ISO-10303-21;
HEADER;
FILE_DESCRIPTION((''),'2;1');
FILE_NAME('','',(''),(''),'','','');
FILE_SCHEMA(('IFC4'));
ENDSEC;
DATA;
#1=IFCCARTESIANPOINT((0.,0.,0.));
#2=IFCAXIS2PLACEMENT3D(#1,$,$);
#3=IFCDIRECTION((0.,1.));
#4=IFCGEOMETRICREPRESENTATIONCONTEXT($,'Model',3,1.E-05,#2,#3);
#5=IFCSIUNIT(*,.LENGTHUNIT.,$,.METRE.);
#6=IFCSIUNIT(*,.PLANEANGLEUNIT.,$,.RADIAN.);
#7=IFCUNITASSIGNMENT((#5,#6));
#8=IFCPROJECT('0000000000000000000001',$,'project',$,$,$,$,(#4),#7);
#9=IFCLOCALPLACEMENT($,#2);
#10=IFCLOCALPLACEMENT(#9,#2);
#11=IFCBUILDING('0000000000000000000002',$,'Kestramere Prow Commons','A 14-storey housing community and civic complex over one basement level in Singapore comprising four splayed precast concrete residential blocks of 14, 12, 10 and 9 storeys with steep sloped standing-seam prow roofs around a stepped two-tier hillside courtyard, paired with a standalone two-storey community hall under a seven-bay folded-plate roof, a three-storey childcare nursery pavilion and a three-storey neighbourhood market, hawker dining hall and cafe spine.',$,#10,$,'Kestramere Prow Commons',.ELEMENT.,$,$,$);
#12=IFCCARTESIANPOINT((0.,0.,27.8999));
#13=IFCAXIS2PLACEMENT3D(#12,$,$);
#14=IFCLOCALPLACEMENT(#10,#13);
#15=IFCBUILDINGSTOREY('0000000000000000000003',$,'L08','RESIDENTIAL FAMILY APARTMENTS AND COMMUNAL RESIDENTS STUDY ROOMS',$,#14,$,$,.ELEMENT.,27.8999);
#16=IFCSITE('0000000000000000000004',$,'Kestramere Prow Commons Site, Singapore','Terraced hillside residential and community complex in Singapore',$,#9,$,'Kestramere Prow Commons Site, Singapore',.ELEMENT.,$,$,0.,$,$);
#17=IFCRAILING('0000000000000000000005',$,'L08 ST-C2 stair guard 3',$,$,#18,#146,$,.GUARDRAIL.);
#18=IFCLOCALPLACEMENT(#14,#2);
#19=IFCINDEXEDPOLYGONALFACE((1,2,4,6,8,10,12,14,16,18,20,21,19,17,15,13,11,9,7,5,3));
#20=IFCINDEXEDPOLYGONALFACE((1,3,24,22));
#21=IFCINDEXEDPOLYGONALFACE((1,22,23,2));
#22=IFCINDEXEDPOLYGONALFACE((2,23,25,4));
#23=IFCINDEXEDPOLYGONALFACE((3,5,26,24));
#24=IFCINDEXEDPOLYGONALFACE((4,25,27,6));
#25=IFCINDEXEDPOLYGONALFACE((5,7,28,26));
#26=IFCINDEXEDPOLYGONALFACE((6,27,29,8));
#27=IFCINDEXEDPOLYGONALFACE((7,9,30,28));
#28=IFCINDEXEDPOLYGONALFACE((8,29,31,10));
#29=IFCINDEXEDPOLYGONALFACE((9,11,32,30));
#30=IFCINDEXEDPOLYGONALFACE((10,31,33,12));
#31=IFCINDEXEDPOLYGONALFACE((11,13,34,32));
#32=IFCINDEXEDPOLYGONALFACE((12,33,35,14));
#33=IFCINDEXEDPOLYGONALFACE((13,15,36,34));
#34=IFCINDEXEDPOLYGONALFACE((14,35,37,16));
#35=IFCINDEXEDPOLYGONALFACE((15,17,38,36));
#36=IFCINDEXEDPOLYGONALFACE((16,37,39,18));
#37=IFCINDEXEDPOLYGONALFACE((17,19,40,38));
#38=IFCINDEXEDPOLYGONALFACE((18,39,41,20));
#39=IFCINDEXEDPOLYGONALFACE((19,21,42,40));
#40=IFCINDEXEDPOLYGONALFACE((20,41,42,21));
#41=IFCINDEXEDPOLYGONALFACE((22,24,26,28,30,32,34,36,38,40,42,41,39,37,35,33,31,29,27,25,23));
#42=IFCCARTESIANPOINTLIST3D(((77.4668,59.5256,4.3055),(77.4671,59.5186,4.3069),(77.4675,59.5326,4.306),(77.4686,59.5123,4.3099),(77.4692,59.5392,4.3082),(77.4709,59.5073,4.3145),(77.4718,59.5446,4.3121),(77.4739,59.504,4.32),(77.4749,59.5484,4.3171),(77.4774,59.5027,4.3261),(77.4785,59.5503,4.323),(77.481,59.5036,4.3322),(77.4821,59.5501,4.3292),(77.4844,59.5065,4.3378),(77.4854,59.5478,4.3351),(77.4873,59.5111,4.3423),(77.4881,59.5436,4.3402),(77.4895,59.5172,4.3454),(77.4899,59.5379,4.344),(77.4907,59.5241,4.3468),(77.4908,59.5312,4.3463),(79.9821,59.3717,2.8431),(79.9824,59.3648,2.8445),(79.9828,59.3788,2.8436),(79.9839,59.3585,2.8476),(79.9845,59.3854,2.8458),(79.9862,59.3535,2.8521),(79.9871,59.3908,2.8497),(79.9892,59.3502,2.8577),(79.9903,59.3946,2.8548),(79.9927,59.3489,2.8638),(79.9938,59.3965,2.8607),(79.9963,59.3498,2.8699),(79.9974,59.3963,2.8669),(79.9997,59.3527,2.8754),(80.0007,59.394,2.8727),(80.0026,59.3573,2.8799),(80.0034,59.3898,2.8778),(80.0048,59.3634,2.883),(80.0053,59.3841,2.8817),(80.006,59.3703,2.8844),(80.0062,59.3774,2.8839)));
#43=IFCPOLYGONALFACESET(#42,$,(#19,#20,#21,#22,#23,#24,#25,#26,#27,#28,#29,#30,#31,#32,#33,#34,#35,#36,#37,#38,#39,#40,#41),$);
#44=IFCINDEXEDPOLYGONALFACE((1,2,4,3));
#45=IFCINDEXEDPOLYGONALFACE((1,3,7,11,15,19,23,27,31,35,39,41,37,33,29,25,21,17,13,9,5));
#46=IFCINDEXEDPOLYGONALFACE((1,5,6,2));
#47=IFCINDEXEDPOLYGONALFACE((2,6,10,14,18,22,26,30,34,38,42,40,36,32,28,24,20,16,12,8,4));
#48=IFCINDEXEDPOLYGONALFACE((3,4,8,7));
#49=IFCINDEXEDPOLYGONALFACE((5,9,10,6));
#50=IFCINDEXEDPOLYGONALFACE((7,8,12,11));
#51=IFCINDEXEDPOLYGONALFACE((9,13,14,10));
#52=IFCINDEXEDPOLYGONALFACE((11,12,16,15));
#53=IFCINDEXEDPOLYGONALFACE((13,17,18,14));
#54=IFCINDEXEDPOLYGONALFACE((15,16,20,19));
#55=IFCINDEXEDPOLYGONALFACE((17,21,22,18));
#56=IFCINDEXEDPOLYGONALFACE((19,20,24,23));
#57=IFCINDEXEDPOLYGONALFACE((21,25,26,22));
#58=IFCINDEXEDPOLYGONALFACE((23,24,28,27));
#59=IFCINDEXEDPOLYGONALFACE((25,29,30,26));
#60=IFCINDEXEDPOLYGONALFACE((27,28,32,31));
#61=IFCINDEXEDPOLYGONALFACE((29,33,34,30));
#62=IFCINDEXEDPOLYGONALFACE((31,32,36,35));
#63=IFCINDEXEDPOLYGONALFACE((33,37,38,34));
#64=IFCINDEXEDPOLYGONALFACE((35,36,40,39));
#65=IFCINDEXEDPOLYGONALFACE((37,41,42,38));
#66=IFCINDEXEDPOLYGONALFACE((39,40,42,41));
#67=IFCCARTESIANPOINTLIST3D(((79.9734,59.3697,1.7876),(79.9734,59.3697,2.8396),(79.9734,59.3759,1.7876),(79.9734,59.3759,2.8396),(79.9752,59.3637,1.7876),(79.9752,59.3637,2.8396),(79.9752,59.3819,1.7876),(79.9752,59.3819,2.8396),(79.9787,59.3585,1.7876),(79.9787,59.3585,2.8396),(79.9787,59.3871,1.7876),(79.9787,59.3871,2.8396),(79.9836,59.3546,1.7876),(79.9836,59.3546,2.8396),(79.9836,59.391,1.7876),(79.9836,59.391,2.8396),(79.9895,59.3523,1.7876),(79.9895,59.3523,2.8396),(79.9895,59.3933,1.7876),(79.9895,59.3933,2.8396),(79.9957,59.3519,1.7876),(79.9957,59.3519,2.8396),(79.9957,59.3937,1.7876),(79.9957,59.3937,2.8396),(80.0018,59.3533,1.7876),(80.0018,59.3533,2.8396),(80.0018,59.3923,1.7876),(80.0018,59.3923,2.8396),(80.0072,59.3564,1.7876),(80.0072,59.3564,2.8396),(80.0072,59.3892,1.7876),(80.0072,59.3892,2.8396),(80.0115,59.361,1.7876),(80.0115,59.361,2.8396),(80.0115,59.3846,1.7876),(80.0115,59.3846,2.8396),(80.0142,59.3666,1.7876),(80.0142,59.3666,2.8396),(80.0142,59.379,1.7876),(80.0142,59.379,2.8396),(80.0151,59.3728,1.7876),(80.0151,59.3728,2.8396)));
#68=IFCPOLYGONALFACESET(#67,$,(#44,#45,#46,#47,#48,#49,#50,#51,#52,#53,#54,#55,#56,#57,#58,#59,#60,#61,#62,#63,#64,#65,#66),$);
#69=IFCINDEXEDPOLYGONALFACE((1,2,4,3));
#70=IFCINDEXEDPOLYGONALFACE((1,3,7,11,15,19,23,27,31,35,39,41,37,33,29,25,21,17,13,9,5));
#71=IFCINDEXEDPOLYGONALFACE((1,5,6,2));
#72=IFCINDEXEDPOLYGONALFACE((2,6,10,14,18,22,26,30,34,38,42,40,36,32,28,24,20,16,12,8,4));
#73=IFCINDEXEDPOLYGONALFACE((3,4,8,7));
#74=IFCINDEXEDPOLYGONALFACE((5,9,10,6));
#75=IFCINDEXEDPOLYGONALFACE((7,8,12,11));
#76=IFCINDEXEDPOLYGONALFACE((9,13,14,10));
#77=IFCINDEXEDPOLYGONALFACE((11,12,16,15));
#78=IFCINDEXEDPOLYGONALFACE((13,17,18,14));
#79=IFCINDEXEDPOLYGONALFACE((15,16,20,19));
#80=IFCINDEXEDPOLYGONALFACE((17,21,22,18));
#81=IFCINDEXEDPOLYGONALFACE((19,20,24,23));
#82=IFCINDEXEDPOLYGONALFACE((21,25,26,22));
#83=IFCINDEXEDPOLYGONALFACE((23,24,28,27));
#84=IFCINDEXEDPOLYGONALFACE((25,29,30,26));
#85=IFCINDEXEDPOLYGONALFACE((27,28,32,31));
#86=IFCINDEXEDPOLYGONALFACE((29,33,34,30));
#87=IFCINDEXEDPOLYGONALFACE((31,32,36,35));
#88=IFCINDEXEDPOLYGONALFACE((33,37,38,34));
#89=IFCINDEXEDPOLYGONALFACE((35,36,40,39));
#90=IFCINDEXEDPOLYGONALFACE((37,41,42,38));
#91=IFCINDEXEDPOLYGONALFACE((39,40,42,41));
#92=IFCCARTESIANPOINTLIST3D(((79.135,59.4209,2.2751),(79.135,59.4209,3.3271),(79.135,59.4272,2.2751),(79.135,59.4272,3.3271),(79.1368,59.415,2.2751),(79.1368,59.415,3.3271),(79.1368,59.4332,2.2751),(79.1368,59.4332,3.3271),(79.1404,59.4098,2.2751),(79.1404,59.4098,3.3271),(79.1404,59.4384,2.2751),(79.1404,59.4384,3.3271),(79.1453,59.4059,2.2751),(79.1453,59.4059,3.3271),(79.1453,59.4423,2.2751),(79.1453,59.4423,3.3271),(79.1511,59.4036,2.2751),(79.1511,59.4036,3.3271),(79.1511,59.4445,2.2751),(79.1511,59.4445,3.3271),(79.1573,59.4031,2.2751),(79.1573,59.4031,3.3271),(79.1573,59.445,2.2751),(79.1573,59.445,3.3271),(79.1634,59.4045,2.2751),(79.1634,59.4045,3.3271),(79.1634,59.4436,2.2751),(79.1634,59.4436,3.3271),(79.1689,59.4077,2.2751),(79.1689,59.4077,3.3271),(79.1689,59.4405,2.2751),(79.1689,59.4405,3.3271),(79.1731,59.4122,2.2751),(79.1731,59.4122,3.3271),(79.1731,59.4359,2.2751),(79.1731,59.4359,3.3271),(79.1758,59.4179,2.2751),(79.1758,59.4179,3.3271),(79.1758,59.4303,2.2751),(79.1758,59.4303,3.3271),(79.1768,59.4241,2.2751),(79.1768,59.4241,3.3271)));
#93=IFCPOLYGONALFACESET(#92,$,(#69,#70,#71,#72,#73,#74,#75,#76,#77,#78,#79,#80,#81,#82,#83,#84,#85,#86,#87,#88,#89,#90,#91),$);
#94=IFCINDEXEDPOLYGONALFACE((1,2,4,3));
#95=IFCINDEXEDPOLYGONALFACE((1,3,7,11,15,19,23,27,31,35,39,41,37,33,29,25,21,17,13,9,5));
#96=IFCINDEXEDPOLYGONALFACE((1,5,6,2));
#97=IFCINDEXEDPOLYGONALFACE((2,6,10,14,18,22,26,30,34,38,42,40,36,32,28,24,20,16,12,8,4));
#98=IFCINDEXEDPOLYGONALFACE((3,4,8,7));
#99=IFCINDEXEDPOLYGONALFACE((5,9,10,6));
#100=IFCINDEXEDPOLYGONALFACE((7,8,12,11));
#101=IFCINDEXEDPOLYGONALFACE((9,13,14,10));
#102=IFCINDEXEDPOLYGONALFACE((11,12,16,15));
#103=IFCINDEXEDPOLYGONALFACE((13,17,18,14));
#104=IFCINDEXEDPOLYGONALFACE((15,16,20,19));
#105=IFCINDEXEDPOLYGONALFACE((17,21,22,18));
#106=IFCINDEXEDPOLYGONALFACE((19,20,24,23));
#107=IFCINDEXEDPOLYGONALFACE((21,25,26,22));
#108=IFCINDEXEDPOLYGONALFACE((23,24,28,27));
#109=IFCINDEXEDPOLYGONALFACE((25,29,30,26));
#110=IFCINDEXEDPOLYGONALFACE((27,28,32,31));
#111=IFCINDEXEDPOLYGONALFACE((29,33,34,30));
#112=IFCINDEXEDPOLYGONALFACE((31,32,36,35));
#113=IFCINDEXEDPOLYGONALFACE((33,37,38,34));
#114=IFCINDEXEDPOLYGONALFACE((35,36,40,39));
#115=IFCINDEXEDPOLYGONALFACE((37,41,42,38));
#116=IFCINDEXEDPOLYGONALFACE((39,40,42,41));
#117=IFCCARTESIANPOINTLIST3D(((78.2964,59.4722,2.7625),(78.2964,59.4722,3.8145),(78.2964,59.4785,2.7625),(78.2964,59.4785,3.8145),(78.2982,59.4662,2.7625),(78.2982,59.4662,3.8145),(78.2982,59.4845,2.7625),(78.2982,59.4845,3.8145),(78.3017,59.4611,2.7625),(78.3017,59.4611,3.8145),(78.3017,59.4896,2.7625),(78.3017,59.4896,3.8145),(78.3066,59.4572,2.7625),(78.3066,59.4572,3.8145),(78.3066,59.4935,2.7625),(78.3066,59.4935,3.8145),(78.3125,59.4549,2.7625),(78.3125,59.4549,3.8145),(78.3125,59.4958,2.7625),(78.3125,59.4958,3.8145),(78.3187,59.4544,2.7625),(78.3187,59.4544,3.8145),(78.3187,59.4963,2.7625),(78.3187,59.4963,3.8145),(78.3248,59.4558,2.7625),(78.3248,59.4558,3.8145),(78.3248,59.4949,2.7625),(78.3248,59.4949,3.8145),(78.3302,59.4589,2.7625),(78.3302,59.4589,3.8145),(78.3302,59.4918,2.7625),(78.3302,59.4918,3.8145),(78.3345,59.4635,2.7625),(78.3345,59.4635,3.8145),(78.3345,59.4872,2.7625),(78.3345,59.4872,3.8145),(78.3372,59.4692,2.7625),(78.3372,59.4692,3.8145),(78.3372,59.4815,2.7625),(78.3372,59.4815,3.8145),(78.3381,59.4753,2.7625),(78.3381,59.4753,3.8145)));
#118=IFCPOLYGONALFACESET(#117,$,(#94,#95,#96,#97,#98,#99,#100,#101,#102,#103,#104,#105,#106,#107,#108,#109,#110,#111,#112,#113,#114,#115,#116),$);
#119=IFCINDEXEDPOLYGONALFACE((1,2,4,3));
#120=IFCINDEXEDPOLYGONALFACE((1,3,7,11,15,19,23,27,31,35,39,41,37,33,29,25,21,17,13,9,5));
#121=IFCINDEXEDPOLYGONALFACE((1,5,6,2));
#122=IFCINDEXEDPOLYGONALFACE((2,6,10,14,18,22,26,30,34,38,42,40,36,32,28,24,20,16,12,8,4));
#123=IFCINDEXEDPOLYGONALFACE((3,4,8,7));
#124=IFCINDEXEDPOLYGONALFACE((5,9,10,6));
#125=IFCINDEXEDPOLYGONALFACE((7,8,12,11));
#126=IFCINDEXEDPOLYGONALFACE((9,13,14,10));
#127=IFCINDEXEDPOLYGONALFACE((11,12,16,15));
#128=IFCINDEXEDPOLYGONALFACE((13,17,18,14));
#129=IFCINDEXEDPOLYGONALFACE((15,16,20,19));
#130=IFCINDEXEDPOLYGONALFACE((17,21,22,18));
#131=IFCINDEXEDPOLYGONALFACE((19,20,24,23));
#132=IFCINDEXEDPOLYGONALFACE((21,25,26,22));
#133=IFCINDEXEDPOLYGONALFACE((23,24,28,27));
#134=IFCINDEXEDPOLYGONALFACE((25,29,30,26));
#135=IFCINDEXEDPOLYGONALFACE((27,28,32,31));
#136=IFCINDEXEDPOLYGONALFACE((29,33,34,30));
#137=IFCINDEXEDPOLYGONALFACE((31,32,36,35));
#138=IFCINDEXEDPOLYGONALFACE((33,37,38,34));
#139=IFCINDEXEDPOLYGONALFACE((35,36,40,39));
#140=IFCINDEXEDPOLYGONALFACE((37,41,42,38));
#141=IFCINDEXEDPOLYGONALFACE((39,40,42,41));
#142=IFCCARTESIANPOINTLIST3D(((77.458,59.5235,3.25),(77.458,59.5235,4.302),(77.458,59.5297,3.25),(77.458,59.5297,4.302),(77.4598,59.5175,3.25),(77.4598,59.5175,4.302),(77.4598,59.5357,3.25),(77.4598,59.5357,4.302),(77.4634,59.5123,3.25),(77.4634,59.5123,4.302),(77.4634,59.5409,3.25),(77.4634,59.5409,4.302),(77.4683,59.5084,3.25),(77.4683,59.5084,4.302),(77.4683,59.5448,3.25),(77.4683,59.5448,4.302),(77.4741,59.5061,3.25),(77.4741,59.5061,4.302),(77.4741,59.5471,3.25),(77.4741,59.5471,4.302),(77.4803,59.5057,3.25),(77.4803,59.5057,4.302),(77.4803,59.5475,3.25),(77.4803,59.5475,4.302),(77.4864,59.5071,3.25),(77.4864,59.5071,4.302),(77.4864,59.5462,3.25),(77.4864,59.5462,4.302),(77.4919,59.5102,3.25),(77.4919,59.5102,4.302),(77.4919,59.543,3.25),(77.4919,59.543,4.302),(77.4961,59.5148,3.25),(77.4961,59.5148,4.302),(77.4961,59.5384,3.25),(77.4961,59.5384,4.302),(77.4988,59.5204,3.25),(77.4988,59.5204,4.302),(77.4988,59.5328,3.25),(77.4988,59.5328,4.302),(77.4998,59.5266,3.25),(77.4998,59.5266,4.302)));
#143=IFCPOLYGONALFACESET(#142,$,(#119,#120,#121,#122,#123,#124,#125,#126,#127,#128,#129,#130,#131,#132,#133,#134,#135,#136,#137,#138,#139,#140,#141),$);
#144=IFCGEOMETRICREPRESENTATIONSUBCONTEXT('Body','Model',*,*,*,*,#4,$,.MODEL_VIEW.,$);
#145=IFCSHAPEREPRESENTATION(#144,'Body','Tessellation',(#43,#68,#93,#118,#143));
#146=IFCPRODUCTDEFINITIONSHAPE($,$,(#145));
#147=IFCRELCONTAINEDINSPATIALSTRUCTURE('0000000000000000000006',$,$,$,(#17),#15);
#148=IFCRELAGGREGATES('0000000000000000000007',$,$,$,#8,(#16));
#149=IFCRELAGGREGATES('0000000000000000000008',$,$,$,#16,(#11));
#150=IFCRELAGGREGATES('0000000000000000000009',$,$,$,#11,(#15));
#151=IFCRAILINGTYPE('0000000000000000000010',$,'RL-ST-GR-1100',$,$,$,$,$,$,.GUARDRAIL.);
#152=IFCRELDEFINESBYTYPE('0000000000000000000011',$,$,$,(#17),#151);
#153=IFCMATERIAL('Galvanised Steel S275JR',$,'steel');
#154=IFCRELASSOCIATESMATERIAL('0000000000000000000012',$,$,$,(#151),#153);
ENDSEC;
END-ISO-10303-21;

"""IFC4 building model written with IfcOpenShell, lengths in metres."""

from ifc_helpers import new_model, si_unit, direction, frame, origin, origin_2d, place, context, subcontext, project, spatial, circle, extrude, material, type_object, element, save


model = new_model("IFC4")

# Units and contexts
model_context = context("Model", 3, precision=1e-05, world=origin(), true_north=direction((0.0, 1.0)))
body_context = subcontext(model_context, "Body", "Model", "MODEL_VIEW")
ifc_project = project(units=[si_unit("LENGTHUNIT", "METRE"), si_unit("PLANEANGLEUNIT", "RADIAN")], contexts=[model_context])

# Site, building, storey
site_placement = place(None, origin())
site = spatial("IfcSite", under=ifc_project, at=site_placement, Name="Kestramere Prow Commons Site, Singapore", Description="Terraced hillside residential and community complex in Singapore", LongName="Kestramere Prow Commons Site, Singapore", CompositionType="ELEMENT", RefElevation=0.0)
building_placement = place(site_placement, origin())
building = spatial("IfcBuilding", under=site, at=building_placement, Name="Kestramere Prow Commons", Description="A 14-storey housing community and civic complex over one basement level in Singapore comprising four splayed precast concrete residential blocks of 14, 12, 10 and 9 storeys with steep sloped standing-seam prow roofs around a stepped two-tier hillside courtyard, paired with a standalone two-storey community hall under a seven-bay folded-plate roof, a three-storey childcare nursery pavilion and a three-storey neighbourhood market, hawker dining hall and cafe spine.", LongName="Kestramere Prow Commons", CompositionType="ELEMENT")
storey_placement = place(building_placement, frame((0.0, 0.0, 27.8999)))
storey = spatial("IfcBuildingStorey", under=building, at=storey_placement, Name="L08", Description="RESIDENTIAL FAMILY APARTMENTS AND COMMUNAL RESIDENTS STUDY ROOMS", CompositionType="ELEMENT", Elevation=27.8999)

# Railing
ifc_material_1 = material(Name="Galvanised Steel S275JR", Category="steel")
railing_type_1 = type_object("IfcRailingType", Name="RL-ST-GR-1100", PredefinedType="GUARDRAIL", material=ifc_material_1)
railing_1_placement = place(storey_placement, frame((79.9941, 59.3728, 1.7876)))
element("IfcRailing", 1, at=railing_1_placement, inside=storey, type_object=railing_type_1, Name="L08 ST-C2 stair guard 3", PredefinedType="GUARDRAIL", context=body_context, shape_type="SweptSolid", body=[
    extrude(circle(Radius=0.0239, at=origin_2d()), frame((0.0, 0.0, 1.0762), z_axis=(-0.863306, 0.052789, 0.501912), x_axis=(-0.061033, -0.998136, 0.0)), (0.0, 0.0, 1.0), 2.9136),
    extrude(circle(Radius=0.021, at=origin_2d()), origin(), (0.0, 0.0, 1.0), 1.052),
    extrude(circle(Radius=0.021, at=origin_2d()), frame((-0.8384, 0.0513, 0.4875)), (0.0, 0.0, 1.0), 1.052),
    extrude(circle(Radius=0.021, at=origin_2d()), frame((-1.677, 0.1025, 0.9749)), (0.0, 0.0, 1.0), 1.052),
    extrude(circle(Radius=0.021, at=origin_2d()), frame((-2.5154, 0.1538, 1.4624)), (0.0, 0.0, 1.0), 1.052),
])

save(model, "model.ifc")
